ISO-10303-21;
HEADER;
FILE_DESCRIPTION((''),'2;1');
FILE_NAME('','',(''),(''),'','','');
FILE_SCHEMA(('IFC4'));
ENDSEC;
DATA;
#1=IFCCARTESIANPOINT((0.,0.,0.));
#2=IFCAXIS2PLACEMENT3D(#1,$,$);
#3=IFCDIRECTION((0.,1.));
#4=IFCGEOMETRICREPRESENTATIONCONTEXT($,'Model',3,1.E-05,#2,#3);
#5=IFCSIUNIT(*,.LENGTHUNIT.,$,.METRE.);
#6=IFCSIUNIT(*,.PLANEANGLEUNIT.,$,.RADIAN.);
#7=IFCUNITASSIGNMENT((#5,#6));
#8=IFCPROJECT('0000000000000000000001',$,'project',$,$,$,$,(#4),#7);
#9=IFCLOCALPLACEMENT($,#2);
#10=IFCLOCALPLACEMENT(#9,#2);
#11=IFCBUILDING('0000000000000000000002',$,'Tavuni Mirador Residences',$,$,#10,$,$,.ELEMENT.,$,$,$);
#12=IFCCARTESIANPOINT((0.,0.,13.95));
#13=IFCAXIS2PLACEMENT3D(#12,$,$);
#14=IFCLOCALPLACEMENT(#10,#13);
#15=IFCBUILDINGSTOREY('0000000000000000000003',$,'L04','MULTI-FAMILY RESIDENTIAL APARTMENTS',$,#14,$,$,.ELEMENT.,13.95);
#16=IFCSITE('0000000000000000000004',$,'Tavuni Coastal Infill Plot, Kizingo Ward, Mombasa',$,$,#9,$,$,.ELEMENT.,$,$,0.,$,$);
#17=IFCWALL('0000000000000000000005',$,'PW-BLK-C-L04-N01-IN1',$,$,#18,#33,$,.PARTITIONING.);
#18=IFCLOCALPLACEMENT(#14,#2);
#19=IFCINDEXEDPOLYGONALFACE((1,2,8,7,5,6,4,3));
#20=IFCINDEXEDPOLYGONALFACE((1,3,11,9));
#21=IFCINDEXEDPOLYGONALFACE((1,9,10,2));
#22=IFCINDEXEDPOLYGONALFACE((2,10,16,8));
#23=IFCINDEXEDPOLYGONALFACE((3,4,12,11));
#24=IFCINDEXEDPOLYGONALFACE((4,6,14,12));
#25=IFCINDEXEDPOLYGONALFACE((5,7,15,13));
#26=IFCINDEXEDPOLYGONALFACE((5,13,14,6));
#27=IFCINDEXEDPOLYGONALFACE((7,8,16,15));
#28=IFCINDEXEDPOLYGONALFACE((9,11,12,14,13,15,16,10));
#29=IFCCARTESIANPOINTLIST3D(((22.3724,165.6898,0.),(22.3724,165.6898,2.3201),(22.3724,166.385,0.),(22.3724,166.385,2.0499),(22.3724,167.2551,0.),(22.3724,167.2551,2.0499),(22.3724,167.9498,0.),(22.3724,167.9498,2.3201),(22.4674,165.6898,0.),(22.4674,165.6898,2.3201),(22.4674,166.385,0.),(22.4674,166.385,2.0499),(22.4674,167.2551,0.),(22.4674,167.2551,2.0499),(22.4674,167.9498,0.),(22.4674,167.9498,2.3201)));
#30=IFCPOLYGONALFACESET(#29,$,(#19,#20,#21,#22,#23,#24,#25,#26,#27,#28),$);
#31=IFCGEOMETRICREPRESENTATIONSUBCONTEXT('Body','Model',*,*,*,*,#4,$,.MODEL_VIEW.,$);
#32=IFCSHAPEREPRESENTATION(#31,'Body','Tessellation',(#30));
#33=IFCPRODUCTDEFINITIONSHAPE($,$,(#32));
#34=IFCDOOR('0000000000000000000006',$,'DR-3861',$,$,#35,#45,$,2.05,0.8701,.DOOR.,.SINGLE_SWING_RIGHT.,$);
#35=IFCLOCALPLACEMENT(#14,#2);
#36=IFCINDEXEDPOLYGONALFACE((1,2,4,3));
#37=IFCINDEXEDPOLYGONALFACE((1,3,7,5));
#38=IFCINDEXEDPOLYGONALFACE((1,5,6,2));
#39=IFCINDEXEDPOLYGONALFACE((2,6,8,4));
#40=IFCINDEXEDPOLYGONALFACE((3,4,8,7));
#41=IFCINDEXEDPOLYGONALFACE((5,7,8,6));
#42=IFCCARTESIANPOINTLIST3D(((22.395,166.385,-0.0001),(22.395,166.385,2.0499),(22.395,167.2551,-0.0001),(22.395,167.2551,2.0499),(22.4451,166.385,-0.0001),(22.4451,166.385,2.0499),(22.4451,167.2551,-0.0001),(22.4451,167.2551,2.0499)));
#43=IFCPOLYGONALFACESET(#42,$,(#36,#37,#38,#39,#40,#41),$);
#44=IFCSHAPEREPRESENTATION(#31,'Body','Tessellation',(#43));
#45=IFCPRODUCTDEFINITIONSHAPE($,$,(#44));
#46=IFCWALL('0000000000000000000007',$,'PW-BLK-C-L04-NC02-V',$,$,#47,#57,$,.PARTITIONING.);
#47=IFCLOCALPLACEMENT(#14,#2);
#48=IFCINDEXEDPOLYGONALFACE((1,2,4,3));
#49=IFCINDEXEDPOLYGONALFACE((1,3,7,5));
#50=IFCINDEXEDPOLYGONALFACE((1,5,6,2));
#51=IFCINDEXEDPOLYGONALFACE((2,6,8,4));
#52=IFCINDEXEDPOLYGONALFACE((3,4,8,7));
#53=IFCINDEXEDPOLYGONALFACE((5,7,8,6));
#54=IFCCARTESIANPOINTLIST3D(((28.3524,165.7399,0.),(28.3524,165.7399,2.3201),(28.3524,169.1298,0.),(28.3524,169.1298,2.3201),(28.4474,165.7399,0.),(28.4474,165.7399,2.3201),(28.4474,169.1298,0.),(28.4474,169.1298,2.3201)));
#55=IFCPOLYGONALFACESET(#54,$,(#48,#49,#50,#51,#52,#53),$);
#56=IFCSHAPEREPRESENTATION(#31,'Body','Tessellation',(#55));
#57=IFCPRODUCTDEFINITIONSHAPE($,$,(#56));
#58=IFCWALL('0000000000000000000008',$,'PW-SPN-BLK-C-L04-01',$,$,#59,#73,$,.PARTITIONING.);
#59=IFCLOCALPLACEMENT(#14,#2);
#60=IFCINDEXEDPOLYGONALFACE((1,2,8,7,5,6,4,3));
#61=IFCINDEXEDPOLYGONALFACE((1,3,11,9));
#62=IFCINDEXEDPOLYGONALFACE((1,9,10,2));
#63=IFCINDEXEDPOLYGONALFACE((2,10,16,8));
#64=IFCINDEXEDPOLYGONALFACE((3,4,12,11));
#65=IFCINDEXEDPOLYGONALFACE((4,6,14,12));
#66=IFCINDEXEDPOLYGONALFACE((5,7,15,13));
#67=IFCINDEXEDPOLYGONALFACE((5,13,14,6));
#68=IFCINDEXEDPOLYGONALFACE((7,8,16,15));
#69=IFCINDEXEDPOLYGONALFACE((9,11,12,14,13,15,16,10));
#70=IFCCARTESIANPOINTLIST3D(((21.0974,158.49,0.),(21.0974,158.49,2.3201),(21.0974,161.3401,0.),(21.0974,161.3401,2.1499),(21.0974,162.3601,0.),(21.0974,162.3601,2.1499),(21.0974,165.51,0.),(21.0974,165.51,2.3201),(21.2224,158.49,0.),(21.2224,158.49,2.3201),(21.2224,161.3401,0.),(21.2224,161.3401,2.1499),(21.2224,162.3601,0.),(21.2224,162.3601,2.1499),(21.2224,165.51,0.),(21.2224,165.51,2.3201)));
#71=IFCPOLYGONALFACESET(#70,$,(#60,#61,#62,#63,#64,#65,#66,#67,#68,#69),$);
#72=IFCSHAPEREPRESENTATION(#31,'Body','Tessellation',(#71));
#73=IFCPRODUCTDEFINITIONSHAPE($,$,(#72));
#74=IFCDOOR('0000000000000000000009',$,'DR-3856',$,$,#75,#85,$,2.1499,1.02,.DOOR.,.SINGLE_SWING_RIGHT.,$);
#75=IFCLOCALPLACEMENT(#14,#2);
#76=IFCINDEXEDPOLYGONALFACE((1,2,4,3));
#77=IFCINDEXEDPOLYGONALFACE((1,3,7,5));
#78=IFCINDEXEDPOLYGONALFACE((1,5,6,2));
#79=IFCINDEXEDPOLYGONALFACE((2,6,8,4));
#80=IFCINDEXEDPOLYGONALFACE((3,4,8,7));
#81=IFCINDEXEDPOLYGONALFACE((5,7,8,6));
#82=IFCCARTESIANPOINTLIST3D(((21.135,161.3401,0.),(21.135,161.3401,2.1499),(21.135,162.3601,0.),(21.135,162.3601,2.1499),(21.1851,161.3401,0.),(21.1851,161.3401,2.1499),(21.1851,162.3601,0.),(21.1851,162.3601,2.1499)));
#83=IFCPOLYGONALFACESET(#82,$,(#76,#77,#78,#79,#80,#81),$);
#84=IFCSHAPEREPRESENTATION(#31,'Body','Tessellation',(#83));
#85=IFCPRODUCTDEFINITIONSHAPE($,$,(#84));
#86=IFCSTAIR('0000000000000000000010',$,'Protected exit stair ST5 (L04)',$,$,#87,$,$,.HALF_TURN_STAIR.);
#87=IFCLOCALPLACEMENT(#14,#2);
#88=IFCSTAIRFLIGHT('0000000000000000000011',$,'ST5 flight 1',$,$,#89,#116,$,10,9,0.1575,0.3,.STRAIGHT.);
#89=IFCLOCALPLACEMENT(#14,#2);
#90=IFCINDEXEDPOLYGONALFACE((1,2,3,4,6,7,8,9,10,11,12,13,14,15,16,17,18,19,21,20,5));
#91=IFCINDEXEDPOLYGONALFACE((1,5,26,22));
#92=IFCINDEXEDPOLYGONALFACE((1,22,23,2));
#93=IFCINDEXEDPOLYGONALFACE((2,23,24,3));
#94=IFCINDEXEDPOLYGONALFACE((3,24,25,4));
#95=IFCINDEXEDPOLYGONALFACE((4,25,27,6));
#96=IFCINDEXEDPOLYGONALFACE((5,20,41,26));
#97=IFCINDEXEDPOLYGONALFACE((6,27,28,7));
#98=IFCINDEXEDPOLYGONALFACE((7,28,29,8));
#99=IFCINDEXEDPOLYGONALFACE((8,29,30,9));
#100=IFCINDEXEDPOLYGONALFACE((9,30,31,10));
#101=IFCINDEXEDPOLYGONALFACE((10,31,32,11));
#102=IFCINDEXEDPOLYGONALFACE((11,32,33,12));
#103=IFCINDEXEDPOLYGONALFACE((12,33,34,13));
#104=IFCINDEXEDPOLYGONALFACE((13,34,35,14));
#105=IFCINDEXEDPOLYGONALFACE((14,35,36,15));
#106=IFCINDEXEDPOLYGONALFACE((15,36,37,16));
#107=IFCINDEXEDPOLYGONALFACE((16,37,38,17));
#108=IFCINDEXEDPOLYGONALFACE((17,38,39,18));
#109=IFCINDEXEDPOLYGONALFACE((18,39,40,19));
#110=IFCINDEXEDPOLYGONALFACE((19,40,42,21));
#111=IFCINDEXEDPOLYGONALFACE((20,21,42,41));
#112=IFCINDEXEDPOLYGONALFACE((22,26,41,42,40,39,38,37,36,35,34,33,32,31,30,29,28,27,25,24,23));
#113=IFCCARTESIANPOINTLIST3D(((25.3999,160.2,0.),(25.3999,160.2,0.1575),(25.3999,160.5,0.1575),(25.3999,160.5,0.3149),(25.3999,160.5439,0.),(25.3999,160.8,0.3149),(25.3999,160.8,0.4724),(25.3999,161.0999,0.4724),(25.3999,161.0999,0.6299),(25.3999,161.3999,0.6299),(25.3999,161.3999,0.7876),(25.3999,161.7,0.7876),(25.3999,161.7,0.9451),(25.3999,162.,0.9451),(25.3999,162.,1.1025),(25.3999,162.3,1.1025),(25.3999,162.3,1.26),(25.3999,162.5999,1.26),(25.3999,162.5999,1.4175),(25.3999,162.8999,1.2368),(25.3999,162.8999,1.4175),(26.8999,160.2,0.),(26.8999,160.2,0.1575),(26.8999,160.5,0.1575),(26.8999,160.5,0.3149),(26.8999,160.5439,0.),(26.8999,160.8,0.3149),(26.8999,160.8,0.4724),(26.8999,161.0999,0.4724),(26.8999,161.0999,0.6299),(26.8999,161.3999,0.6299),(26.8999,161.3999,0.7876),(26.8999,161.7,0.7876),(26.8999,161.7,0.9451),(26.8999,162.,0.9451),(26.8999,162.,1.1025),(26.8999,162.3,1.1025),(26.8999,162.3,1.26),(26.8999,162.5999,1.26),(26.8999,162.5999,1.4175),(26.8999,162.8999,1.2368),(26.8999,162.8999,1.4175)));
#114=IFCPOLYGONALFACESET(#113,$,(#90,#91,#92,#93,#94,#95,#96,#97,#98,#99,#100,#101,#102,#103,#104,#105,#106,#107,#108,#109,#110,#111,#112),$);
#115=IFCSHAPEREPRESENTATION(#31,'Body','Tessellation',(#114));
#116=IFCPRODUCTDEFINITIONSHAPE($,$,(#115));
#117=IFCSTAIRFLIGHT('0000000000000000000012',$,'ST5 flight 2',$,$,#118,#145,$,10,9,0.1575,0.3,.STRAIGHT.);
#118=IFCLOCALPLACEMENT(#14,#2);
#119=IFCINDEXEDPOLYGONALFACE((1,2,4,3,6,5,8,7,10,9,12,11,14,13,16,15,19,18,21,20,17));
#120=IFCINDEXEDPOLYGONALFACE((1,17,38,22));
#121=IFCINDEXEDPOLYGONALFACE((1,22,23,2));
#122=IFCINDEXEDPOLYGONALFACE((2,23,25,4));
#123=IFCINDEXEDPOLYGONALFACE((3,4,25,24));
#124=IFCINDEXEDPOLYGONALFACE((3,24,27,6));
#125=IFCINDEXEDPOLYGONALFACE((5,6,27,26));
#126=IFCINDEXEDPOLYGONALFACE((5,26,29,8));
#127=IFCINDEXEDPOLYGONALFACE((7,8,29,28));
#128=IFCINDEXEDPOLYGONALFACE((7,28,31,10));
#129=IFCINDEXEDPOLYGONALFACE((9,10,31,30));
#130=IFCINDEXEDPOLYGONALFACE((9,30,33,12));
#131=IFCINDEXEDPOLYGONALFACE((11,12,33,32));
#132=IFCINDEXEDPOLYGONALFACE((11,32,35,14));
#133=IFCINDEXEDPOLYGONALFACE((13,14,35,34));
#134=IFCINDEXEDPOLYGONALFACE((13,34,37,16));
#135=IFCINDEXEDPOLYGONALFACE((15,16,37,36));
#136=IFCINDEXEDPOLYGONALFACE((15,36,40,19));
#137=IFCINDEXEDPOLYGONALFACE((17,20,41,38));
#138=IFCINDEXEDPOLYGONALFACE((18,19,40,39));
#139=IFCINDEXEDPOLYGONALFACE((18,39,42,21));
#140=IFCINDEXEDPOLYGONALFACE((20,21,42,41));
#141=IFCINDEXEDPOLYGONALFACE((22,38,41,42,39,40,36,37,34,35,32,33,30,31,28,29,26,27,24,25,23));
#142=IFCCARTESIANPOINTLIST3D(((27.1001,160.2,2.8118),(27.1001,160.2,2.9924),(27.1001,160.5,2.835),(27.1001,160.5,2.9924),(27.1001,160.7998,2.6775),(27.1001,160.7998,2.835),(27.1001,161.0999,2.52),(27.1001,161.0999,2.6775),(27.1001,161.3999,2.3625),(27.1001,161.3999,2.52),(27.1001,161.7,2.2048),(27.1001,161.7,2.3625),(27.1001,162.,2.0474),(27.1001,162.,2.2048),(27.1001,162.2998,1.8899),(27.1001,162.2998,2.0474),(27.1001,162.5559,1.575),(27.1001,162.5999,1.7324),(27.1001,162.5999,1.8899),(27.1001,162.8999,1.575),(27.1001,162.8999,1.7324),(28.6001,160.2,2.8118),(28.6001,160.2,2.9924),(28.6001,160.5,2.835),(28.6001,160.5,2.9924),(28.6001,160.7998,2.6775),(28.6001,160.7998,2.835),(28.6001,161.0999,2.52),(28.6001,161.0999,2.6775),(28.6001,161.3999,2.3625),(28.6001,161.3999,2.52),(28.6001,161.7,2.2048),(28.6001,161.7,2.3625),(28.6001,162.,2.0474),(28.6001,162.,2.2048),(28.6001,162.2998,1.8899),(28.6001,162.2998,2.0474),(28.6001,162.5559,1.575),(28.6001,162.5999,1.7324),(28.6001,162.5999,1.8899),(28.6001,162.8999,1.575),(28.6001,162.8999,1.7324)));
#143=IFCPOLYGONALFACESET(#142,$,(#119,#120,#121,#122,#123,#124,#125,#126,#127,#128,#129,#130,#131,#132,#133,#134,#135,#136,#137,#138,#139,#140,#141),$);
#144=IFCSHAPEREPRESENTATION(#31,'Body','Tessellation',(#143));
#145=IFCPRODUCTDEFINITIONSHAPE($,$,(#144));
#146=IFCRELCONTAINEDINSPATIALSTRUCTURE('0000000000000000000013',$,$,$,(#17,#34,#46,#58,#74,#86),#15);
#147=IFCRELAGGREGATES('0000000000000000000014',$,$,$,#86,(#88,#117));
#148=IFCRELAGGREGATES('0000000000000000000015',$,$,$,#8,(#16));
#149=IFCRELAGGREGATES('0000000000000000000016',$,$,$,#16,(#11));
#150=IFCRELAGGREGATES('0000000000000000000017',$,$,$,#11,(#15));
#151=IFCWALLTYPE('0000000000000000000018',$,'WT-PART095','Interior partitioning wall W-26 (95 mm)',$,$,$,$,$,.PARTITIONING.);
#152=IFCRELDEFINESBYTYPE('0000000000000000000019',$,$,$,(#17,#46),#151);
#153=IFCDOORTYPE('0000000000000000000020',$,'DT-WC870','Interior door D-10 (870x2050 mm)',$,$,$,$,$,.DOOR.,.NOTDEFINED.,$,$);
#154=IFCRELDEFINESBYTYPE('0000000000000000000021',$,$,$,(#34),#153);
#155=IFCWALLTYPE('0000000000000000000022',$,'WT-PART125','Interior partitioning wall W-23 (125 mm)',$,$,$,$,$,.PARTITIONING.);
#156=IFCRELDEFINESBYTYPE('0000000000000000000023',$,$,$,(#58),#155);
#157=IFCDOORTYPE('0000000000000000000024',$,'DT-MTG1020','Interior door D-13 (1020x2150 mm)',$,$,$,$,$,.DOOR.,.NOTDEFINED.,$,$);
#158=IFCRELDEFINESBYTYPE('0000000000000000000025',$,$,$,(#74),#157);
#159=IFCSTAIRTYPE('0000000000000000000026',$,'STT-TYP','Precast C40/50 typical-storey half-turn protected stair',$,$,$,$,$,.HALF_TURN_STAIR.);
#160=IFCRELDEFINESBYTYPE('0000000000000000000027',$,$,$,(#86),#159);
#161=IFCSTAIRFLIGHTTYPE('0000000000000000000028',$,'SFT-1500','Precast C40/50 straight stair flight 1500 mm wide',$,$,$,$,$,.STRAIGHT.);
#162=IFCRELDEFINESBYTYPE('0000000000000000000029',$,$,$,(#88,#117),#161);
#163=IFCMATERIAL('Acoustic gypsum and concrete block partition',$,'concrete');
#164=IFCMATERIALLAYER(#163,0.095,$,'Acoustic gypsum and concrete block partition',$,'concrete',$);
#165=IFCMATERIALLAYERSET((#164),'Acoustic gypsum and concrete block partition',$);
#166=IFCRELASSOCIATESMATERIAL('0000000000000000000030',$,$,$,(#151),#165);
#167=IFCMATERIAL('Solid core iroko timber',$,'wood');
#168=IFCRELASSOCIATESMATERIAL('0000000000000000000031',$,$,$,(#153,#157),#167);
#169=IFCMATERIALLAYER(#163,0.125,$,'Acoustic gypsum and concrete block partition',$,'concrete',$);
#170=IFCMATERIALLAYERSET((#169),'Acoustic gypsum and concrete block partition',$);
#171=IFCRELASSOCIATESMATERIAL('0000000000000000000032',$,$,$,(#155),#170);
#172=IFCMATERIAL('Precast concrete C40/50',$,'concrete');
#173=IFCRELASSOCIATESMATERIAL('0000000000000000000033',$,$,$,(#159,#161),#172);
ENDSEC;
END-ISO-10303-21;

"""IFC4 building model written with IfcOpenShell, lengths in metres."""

from ifc_helpers import new_model, si_unit, direction, frame, frame_2d, origin, place, context, subcontext, project, spatial, polyline, rectangle, outline, extrude, material, layer, layer_set, type_object, element, fill, aggregate, save


model = new_model("IFC4")

# Units and contexts
model_context = context("Model", 3, precision=1e-05, world=origin(), true_north=direction((0.0, 1.0)))
body_context = subcontext(model_context, "Body", "Model", "MODEL_VIEW")
ifc_project = project(units=[si_unit("LENGTHUNIT", "METRE"), si_unit("PLANEANGLEUNIT", "RADIAN")], contexts=[model_context])

# Site, building, storey
site_placement = place(None, origin())
site = spatial("IfcSite", under=ifc_project, at=site_placement, Name="Tavuni Coastal Infill Plot, Kizingo Ward, Mombasa", CompositionType="ELEMENT", RefElevation=0.0)
building_placement = place(site_placement, origin())
building = spatial("IfcBuilding", under=site, at=building_placement, Name="Tavuni Mirador Residences", CompositionType="ELEMENT")
storey_placement = place(building_placement, frame((0.0, 0.0, 13.95)))
storey = spatial("IfcBuildingStorey", under=building, at=storey_placement, Name="L04", Description="MULTI-FAMILY RESIDENTIAL APARTMENTS", CompositionType="ELEMENT", Elevation=13.95)

# Shared definitions
ifc_material_1 = material(Name="Precast concrete C40/50", Category="concrete")

# Shared definitions
ifc_material_2 = material(Name="Solid core iroko timber", Category="wood")

# Wall, opening, door
ifc_material_3 = material(Name="Acoustic gypsum and concrete block partition", Category="concrete")
ifc_layer_1 = layer(ifc_material_3, 0.095, Name="Acoustic gypsum and concrete block partition", Category="concrete")
ifc_layer_set_1 = layer_set([ifc_layer_1], Name="Acoustic gypsum and concrete block partition")
wall_type_1 = type_object("IfcWallType", Name="WT-PART095", Description="Interior partitioning wall W-26 (95 mm)", PredefinedType="PARTITIONING", material=ifc_layer_set_1)
wall_1_placement = place(storey_placement, frame((22.4199, 165.6899, 0.0), z_axis=(0.0, 0.0, 1.0), x_axis=(0.0, 1.0, 0.0)))
wall_1 = element("IfcWall", 1, at=wall_1_placement, inside=storey, type_object=wall_type_1, Name="PW-BLK-C-L04-N01-IN1", PredefinedType="PARTITIONING", context=body_context, shape_type="SweptSolid", body=[
    extrude(rectangle(XDim=2.26, YDim=0.095, at=frame_2d((1.1299, 0.0))), origin(), (0.0, 0.0, 1.0), 2.3201),
])
opening_1_placement = place(wall_1_placement, frame((0.6951, 0.0, 0.0)))
opening_1 = element("IfcOpeningElement", 2, at=opening_1_placement, cuts=wall_1, PredefinedType="OPENING", context=body_context, shape_type="SweptSolid", body=[
    extrude(rectangle(XDim=0.8701, YDim=2.05, at=frame_2d((0.4351, 1.0249))), frame((0.0, 0.0576, 0.0), z_axis=(0.0, -1.0, 0.0), x_axis=(1.0, 0.0, 0.0)), (0.0, 0.0, 1.0), 0.115),
])
door_type_1 = type_object("IfcDoorType", Name="DT-WC870", Description="Interior door D-10 (870x2050 mm)", OperationType="NOTDEFINED", PredefinedType="DOOR", material=ifc_material_2)
door_1_placement = place(opening_1_placement, origin())
door_1 = element("IfcDoor", 3, at=door_1_placement, inside=storey, type_object=door_type_1, Name="DR-3861", OperationType="SINGLE_SWING_RIGHT", OverallHeight=2.05, OverallWidth=0.8701, PredefinedType="DOOR", context=body_context, shape_type="SweptSolid", body=[
    extrude(rectangle(XDim=0.8701, YDim=2.05, at=frame_2d((0.4351, 1.0249))), frame((0.0, 0.0249, 0.0), z_axis=(0.0, -1.0, 0.0), x_axis=(1.0, 0.0, 0.0)), (0.0, 0.0, 1.0), 0.05),
])
fill(opening_1, door_1)

# Wall
wall_2_placement = place(storey_placement, frame((28.3999, 165.74, 0.0), z_axis=(0.0, 0.0, 1.0), x_axis=(0.0, 1.0, 0.0)))
element("IfcWall", 4, at=wall_2_placement, inside=storey, type_object=wall_type_1, Name="PW-BLK-C-L04-NC02-V", PredefinedType="PARTITIONING", context=body_context, shape_type="SweptSolid", body=[
    extrude(rectangle(XDim=3.3899, YDim=0.095, at=frame_2d((1.6948, 0.0))), origin(), (0.0, 0.0, 1.0), 2.3201),
])

# Wall, opening, door
ifc_layer_2 = layer(ifc_material_3, 0.125, Name="Acoustic gypsum and concrete block partition", Category="concrete")
ifc_layer_set_2 = layer_set([ifc_layer_2], Name="Acoustic gypsum and concrete block partition")
wall_type_2 = type_object("IfcWallType", Name="WT-PART125", Description="Interior partitioning wall W-23 (125 mm)", PredefinedType="PARTITIONING", material=ifc_layer_set_2)
wall_3_placement = place(storey_placement, frame((21.1599, 158.49, 0.0), z_axis=(0.0, 0.0, 1.0), x_axis=(0.0, 1.0, 0.0)))
wall_3 = element("IfcWall", 5, at=wall_3_placement, inside=storey, type_object=wall_type_2, Name="PW-SPN-BLK-C-L04-01", PredefinedType="PARTITIONING", context=body_context, shape_type="SweptSolid", body=[
    extrude(rectangle(XDim=7.02, YDim=0.125, at=frame_2d((3.51, 0.0))), origin(), (0.0, 0.0, 1.0), 2.3201),
])
opening_2_placement = place(wall_3_placement, frame((2.8501, 0.0, 0.0)))
opening_2 = element("IfcOpeningElement", 6, at=opening_2_placement, cuts=wall_3, PredefinedType="OPENING", context=body_context, shape_type="SweptSolid", body=[
    extrude(rectangle(XDim=1.02, YDim=2.1499, at=frame_2d((0.51, 1.075))), frame((0.0, 0.0725, 0.0), z_axis=(0.0, -1.0, 0.0), x_axis=(1.0, 0.0, 0.0)), (0.0, 0.0, 1.0), 0.145),
])
door_type_2 = type_object("IfcDoorType", Name="DT-MTG1020", Description="Interior door D-13 (1020x2150 mm)", OperationType="NOTDEFINED", PredefinedType="DOOR", material=ifc_material_2)
door_2_placement = place(opening_2_placement, origin())
door_2 = element("IfcDoor", 7, at=door_2_placement, inside=storey, type_object=door_type_2, Name="DR-3856", OperationType="SINGLE_SWING_RIGHT", OverallHeight=2.1499, OverallWidth=1.02, PredefinedType="DOOR", context=body_context, shape_type="SweptSolid", body=[
    extrude(rectangle(XDim=1.02, YDim=2.1499, at=frame_2d((0.51, 1.075))), frame((0.0, 0.0249, 0.0), z_axis=(0.0, -1.0, 0.0), x_axis=(1.0, 0.0, 0.0)), (0.0, 0.0, 1.0), 0.05),
])
fill(opening_2, door_2)

# Stair, stair flights
stair_type = type_object("IfcStairType", Name="STT-TYP", Description="Precast C40/50 typical-storey half-turn protected stair", PredefinedType="HALF_TURN_STAIR", material=ifc_material_1)
stair_placement = place(storey_placement, origin())
stair = element("IfcStair", 8, at=stair_placement, inside=storey, type_object=stair_type, Name="Protected exit stair ST5 (L04)", PredefinedType="HALF_TURN_STAIR")
stair_flight_type = type_object("IfcStairFlightType", Name="SFT-1500", Description="Precast C40/50 straight stair flight 1500 mm wide", PredefinedType="STRAIGHT", material=ifc_material_1)
stair_flight_1_placement = place(storey_placement, frame((26.1499, 160.2, 0.0), z_axis=(0.0, 0.0, 1.0), x_axis=(0.0, 1.0, 0.0)))
stair_flight_1 = element("IfcStairFlight", 9, at=stair_flight_1_placement, type_object=stair_flight_type, Name="ST5 flight 1", NumberOfRisers=10, NumberOfTreads=9, PredefinedType="STRAIGHT", RiserHeight=0.1575, TreadLength=0.3, context=body_context, shape_type="SweptSolid", body=[
    extrude(outline(polyline([(0.0, 0.0), (0.0, 0.1575), (0.3, 0.1575), (0.3, 0.3149), (0.6001, 0.3149), (0.6001, 0.4724), (0.8999, 0.4724), (0.8999, 0.6299), (1.2, 0.6299), (1.2, 0.7876), (1.5, 0.7876), (1.5, 0.9451), (1.8, 0.9451), (1.8, 1.1025), (2.1001, 1.1025), (2.1001, 1.26), (2.3999, 1.26), (2.3999, 1.4175), (2.7, 1.4175), (2.7, 1.575), (2.7, 1.2368), (0.344, 0.0), (0.0, 0.0)])), frame((0.0, 0.75, 0.0), z_axis=(0.0, -1.0, 0.0), x_axis=(1.0, 0.0, 0.0)), (0.0, 0.0, 1.0), 1.5),
])
stair_flight_2_placement = place(storey_placement, frame((27.8501, 162.8999, 1.575), z_axis=(0.0, 0.0, 1.0), x_axis=(0.0, -1.0, 0.0)))
stair_flight_2 = element("IfcStairFlight", 10, at=stair_flight_2_placement, type_object=stair_flight_type, Name="ST5 flight 2", NumberOfRisers=10, NumberOfTreads=9, PredefinedType="STRAIGHT", RiserHeight=0.1575, TreadLength=0.3, context=body_context, shape_type="SweptSolid", body=[
    extrude(outline(polyline([(0.0, 0.0), (0.0, 0.1575), (0.3, 0.1575), (0.3, 0.3149), (0.6001, 0.3149), (0.6001, 0.4724), (0.8999, 0.4724), (0.8999, 0.6299), (1.2, 0.6299), (1.2, 0.7876), (1.5, 0.7876), (1.5, 0.9451), (1.8, 0.9451), (1.8, 1.1025), (2.1001, 1.1025), (2.1001, 1.26), (2.3999, 1.26), (2.3999, 1.4175), (2.7, 1.4175), (2.7, 1.575), (2.7, 1.2368), (0.344, 0.0), (0.0, 0.0)])), frame((0.0, 0.75, 0.0), z_axis=(0.0, -1.0, 0.0), x_axis=(1.0, 0.0, 0.0)), (0.0, 0.0, 1.0), 1.5),
])
aggregate(stair, [stair_flight_1, stair_flight_2])

save(model, "model.ifc")
